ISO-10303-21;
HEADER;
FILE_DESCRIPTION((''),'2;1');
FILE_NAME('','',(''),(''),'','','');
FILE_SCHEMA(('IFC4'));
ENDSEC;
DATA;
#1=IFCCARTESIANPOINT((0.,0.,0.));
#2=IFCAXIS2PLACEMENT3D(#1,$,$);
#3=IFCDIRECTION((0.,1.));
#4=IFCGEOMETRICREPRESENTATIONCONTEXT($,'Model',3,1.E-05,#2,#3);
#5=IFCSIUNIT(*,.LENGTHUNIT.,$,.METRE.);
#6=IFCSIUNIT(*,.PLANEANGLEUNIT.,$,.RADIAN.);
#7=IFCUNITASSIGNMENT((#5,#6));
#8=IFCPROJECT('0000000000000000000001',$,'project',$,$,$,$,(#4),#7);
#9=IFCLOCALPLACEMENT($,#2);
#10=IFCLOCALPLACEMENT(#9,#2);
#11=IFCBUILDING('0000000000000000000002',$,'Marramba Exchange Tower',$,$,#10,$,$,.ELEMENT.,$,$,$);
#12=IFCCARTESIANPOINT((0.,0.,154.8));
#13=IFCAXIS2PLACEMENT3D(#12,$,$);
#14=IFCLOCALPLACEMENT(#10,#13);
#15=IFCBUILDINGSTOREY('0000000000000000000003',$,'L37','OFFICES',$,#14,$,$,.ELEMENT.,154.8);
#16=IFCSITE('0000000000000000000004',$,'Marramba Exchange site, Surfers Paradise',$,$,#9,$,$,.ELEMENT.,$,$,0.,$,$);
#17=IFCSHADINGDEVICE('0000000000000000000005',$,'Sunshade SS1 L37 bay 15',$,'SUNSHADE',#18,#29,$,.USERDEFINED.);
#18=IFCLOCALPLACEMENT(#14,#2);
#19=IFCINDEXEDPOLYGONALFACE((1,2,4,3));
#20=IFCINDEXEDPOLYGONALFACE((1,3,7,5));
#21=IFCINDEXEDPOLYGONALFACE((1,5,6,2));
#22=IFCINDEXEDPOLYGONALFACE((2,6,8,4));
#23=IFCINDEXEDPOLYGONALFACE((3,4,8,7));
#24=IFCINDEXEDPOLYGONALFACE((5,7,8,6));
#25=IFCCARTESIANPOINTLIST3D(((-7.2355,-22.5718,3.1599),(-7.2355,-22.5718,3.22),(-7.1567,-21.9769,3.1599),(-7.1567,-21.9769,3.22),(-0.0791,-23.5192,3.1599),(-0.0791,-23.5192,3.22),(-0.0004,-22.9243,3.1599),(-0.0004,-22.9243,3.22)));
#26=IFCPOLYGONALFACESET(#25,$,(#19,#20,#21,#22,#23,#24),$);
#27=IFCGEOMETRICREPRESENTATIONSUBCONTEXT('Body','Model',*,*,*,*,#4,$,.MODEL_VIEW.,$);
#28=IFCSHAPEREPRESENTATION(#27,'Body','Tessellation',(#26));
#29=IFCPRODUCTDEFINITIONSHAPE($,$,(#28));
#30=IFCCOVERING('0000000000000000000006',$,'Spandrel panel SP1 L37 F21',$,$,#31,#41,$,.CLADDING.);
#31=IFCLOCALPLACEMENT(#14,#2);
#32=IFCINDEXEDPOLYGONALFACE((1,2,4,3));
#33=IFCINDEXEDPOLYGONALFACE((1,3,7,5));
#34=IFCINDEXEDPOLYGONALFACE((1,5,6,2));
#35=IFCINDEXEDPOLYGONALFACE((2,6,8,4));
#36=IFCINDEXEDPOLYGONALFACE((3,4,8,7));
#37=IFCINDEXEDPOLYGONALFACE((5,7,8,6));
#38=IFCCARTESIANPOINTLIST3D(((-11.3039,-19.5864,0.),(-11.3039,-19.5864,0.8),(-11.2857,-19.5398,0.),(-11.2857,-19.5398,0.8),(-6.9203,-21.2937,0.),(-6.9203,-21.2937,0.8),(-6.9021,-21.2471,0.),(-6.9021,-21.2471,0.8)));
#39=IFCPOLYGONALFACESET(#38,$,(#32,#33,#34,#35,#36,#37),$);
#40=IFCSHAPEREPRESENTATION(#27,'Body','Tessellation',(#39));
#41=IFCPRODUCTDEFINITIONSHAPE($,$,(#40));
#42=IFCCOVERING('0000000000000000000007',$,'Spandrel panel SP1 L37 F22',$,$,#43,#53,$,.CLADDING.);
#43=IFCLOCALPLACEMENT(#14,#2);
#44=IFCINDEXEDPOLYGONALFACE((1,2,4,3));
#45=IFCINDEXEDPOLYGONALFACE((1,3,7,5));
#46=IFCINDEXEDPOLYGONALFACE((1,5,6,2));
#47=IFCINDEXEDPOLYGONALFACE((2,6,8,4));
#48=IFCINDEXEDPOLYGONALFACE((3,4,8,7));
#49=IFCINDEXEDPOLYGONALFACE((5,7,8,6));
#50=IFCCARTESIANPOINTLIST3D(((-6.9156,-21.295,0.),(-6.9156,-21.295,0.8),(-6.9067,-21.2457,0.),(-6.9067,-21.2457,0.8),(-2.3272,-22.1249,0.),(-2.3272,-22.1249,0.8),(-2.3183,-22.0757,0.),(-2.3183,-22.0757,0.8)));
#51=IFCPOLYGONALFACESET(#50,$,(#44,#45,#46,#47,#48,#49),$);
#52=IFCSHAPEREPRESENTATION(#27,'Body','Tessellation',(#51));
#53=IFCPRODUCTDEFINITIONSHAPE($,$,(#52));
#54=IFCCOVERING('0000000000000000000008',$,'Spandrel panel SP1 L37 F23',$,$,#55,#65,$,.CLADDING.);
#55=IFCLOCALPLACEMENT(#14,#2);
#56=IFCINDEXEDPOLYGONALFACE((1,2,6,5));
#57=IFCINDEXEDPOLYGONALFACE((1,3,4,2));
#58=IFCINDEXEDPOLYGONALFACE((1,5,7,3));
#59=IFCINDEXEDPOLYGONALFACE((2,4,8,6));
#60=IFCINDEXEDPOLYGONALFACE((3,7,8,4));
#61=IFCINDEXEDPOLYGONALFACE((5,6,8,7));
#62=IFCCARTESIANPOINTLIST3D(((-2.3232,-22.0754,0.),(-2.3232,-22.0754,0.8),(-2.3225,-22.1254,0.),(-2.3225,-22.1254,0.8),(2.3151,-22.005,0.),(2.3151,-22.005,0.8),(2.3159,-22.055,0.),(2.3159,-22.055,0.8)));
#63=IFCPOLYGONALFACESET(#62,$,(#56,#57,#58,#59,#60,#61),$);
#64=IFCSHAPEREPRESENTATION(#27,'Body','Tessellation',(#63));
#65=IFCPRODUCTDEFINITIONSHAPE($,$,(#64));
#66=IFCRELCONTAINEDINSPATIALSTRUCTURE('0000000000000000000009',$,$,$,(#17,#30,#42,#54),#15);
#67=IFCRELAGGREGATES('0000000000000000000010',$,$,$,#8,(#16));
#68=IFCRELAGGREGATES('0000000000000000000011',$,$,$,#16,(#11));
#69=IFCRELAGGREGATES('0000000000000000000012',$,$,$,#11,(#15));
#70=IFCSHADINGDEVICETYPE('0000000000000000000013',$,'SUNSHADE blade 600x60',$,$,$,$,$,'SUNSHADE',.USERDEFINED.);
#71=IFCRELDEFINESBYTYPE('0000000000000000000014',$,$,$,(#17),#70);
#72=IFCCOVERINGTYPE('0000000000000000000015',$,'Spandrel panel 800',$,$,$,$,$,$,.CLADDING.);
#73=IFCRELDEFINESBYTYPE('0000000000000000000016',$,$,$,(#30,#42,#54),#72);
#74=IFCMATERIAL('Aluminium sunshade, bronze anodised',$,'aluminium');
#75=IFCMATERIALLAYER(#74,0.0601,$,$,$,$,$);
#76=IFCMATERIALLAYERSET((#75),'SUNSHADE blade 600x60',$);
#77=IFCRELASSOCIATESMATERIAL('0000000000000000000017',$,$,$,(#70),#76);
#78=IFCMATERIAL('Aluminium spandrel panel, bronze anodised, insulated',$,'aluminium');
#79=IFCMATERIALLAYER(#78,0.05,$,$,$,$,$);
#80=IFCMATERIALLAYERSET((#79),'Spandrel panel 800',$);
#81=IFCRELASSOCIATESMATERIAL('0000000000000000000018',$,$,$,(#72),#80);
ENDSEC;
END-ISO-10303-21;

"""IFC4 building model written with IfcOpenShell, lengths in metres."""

from ifc_helpers import new_model, si_unit, direction, frame, origin, origin_2d, place, context, subcontext, project, spatial, rectangle, extrude, material, layer, layer_set, type_object, element, save


model = new_model("IFC4")

# Units and contexts
model_context = context("Model", 3, precision=1e-05, world=origin(), true_north=direction((0.0, 1.0)))
body_context = subcontext(model_context, "Body", "Model", "MODEL_VIEW")
ifc_project = project(units=[si_unit("LENGTHUNIT", "METRE"), si_unit("PLANEANGLEUNIT", "RADIAN")], contexts=[model_context])

# Site, building, storey
site_placement = place(None, origin())
site = spatial("IfcSite", under=ifc_project, at=site_placement, Name="Marramba Exchange site, Surfers Paradise", CompositionType="ELEMENT", RefElevation=0.0)
building_placement = place(site_placement, origin())
building = spatial("IfcBuilding", under=site, at=building_placement, Name="Marramba Exchange Tower", CompositionType="ELEMENT")
storey_placement = place(building_placement, frame((0.0, 0.0, 154.8)))
storey = spatial("IfcBuildingStorey", under=building, at=storey_placement, Name="L37", Description="OFFICES", CompositionType="ELEMENT", Elevation=154.8)

# Shading device
ifc_material_1 = material(Name="Aluminium sunshade, bronze anodised", Category="aluminium")
ifc_layer_1 = layer(ifc_material_1, 0.0601)
ifc_layer_set_1 = layer_set([ifc_layer_1], Name="SUNSHADE blade 600x60")
shading_device_type_1 = type_object("IfcShadingDeviceType", Name="SUNSHADE blade 600x60", ElementType="SUNSHADE", PredefinedType="USERDEFINED", material=ifc_layer_set_1)
shading_device_1_placement = place(storey_placement, frame((-3.6179, -22.748, 3.1599), z_axis=(0.0, 0.0, 1.0), x_axis=(0.99135, -0.131241, 0.0)))
element("IfcShadingDevice", 1, at=shading_device_1_placement, inside=storey, type_object=shading_device_type_1, Name="Sunshade SS1 L37 bay 15", ObjectType="SUNSHADE", PredefinedType="USERDEFINED", context=body_context, shape_type="SweptSolid", body=[
    extrude(rectangle(XDim=7.2188, YDim=0.6001, at=origin_2d()), origin(), (0.0, 0.0, 1.0), 0.0601),
])

# Coverings
ifc_material_2 = material(Name="Aluminium spandrel panel, bronze anodised, insulated", Category="aluminium")
ifc_layer_2 = layer(ifc_material_2, 0.05)
ifc_layer_set_2 = layer_set([ifc_layer_2], Name="Spandrel panel 800")
covering_type = type_object("IfcCoveringType", Name="Spandrel panel 800", PredefinedType="CLADDING", material=ifc_layer_set_2)
covering_1_placement = place(storey_placement, frame((-9.103, -20.4167, 0.0), z_axis=(0.0, 0.0, 1.0), x_axis=(0.931818, -0.362925, 0.0)))
element("IfcCovering", 2, at=covering_1_placement, inside=storey, type_object=covering_type, Name="Spandrel panel SP1 L37 F21", PredefinedType="CLADDING", context=body_context, shape_type="SweptSolid", body=[
    extrude(rectangle(XDim=4.7043, YDim=0.05, at=origin_2d()), origin(), (0.0, 0.0, 1.0), 0.8),
])
covering_2_placement = place(storey_placement, frame((-4.6169, -21.6853, 0.0), z_axis=(0.0, 0.0, 1.0), x_axis=(0.984032, -0.177992, 0.0)))
element("IfcCovering", 3, at=covering_2_placement, inside=storey, type_object=covering_type, Name="Spandrel panel SP1 L37 F22", PredefinedType="CLADDING", context=body_context, shape_type="SweptSolid", body=[
    extrude(rectangle(XDim=4.6628, YDim=0.05, at=origin_2d()), origin(), (0.0, 0.0, 1.0), 0.8),
])
covering_3_placement = place(storey_placement, frame((-0.0037, -22.0652, 0.0), z_axis=(0.0, 0.0, 1.0), x_axis=(0.999885, 0.015179, 0.0)))
element("IfcCovering", 4, at=covering_3_placement, inside=storey, type_object=covering_type, Name="Spandrel panel SP1 L37 F23", PredefinedType="CLADDING", context=body_context, shape_type="SweptSolid", body=[
    extrude(rectangle(XDim=4.6389, YDim=0.05, at=origin_2d()), origin(), (0.0, 0.0, 1.0), 0.8),
])

save(model, "model.ifc")
